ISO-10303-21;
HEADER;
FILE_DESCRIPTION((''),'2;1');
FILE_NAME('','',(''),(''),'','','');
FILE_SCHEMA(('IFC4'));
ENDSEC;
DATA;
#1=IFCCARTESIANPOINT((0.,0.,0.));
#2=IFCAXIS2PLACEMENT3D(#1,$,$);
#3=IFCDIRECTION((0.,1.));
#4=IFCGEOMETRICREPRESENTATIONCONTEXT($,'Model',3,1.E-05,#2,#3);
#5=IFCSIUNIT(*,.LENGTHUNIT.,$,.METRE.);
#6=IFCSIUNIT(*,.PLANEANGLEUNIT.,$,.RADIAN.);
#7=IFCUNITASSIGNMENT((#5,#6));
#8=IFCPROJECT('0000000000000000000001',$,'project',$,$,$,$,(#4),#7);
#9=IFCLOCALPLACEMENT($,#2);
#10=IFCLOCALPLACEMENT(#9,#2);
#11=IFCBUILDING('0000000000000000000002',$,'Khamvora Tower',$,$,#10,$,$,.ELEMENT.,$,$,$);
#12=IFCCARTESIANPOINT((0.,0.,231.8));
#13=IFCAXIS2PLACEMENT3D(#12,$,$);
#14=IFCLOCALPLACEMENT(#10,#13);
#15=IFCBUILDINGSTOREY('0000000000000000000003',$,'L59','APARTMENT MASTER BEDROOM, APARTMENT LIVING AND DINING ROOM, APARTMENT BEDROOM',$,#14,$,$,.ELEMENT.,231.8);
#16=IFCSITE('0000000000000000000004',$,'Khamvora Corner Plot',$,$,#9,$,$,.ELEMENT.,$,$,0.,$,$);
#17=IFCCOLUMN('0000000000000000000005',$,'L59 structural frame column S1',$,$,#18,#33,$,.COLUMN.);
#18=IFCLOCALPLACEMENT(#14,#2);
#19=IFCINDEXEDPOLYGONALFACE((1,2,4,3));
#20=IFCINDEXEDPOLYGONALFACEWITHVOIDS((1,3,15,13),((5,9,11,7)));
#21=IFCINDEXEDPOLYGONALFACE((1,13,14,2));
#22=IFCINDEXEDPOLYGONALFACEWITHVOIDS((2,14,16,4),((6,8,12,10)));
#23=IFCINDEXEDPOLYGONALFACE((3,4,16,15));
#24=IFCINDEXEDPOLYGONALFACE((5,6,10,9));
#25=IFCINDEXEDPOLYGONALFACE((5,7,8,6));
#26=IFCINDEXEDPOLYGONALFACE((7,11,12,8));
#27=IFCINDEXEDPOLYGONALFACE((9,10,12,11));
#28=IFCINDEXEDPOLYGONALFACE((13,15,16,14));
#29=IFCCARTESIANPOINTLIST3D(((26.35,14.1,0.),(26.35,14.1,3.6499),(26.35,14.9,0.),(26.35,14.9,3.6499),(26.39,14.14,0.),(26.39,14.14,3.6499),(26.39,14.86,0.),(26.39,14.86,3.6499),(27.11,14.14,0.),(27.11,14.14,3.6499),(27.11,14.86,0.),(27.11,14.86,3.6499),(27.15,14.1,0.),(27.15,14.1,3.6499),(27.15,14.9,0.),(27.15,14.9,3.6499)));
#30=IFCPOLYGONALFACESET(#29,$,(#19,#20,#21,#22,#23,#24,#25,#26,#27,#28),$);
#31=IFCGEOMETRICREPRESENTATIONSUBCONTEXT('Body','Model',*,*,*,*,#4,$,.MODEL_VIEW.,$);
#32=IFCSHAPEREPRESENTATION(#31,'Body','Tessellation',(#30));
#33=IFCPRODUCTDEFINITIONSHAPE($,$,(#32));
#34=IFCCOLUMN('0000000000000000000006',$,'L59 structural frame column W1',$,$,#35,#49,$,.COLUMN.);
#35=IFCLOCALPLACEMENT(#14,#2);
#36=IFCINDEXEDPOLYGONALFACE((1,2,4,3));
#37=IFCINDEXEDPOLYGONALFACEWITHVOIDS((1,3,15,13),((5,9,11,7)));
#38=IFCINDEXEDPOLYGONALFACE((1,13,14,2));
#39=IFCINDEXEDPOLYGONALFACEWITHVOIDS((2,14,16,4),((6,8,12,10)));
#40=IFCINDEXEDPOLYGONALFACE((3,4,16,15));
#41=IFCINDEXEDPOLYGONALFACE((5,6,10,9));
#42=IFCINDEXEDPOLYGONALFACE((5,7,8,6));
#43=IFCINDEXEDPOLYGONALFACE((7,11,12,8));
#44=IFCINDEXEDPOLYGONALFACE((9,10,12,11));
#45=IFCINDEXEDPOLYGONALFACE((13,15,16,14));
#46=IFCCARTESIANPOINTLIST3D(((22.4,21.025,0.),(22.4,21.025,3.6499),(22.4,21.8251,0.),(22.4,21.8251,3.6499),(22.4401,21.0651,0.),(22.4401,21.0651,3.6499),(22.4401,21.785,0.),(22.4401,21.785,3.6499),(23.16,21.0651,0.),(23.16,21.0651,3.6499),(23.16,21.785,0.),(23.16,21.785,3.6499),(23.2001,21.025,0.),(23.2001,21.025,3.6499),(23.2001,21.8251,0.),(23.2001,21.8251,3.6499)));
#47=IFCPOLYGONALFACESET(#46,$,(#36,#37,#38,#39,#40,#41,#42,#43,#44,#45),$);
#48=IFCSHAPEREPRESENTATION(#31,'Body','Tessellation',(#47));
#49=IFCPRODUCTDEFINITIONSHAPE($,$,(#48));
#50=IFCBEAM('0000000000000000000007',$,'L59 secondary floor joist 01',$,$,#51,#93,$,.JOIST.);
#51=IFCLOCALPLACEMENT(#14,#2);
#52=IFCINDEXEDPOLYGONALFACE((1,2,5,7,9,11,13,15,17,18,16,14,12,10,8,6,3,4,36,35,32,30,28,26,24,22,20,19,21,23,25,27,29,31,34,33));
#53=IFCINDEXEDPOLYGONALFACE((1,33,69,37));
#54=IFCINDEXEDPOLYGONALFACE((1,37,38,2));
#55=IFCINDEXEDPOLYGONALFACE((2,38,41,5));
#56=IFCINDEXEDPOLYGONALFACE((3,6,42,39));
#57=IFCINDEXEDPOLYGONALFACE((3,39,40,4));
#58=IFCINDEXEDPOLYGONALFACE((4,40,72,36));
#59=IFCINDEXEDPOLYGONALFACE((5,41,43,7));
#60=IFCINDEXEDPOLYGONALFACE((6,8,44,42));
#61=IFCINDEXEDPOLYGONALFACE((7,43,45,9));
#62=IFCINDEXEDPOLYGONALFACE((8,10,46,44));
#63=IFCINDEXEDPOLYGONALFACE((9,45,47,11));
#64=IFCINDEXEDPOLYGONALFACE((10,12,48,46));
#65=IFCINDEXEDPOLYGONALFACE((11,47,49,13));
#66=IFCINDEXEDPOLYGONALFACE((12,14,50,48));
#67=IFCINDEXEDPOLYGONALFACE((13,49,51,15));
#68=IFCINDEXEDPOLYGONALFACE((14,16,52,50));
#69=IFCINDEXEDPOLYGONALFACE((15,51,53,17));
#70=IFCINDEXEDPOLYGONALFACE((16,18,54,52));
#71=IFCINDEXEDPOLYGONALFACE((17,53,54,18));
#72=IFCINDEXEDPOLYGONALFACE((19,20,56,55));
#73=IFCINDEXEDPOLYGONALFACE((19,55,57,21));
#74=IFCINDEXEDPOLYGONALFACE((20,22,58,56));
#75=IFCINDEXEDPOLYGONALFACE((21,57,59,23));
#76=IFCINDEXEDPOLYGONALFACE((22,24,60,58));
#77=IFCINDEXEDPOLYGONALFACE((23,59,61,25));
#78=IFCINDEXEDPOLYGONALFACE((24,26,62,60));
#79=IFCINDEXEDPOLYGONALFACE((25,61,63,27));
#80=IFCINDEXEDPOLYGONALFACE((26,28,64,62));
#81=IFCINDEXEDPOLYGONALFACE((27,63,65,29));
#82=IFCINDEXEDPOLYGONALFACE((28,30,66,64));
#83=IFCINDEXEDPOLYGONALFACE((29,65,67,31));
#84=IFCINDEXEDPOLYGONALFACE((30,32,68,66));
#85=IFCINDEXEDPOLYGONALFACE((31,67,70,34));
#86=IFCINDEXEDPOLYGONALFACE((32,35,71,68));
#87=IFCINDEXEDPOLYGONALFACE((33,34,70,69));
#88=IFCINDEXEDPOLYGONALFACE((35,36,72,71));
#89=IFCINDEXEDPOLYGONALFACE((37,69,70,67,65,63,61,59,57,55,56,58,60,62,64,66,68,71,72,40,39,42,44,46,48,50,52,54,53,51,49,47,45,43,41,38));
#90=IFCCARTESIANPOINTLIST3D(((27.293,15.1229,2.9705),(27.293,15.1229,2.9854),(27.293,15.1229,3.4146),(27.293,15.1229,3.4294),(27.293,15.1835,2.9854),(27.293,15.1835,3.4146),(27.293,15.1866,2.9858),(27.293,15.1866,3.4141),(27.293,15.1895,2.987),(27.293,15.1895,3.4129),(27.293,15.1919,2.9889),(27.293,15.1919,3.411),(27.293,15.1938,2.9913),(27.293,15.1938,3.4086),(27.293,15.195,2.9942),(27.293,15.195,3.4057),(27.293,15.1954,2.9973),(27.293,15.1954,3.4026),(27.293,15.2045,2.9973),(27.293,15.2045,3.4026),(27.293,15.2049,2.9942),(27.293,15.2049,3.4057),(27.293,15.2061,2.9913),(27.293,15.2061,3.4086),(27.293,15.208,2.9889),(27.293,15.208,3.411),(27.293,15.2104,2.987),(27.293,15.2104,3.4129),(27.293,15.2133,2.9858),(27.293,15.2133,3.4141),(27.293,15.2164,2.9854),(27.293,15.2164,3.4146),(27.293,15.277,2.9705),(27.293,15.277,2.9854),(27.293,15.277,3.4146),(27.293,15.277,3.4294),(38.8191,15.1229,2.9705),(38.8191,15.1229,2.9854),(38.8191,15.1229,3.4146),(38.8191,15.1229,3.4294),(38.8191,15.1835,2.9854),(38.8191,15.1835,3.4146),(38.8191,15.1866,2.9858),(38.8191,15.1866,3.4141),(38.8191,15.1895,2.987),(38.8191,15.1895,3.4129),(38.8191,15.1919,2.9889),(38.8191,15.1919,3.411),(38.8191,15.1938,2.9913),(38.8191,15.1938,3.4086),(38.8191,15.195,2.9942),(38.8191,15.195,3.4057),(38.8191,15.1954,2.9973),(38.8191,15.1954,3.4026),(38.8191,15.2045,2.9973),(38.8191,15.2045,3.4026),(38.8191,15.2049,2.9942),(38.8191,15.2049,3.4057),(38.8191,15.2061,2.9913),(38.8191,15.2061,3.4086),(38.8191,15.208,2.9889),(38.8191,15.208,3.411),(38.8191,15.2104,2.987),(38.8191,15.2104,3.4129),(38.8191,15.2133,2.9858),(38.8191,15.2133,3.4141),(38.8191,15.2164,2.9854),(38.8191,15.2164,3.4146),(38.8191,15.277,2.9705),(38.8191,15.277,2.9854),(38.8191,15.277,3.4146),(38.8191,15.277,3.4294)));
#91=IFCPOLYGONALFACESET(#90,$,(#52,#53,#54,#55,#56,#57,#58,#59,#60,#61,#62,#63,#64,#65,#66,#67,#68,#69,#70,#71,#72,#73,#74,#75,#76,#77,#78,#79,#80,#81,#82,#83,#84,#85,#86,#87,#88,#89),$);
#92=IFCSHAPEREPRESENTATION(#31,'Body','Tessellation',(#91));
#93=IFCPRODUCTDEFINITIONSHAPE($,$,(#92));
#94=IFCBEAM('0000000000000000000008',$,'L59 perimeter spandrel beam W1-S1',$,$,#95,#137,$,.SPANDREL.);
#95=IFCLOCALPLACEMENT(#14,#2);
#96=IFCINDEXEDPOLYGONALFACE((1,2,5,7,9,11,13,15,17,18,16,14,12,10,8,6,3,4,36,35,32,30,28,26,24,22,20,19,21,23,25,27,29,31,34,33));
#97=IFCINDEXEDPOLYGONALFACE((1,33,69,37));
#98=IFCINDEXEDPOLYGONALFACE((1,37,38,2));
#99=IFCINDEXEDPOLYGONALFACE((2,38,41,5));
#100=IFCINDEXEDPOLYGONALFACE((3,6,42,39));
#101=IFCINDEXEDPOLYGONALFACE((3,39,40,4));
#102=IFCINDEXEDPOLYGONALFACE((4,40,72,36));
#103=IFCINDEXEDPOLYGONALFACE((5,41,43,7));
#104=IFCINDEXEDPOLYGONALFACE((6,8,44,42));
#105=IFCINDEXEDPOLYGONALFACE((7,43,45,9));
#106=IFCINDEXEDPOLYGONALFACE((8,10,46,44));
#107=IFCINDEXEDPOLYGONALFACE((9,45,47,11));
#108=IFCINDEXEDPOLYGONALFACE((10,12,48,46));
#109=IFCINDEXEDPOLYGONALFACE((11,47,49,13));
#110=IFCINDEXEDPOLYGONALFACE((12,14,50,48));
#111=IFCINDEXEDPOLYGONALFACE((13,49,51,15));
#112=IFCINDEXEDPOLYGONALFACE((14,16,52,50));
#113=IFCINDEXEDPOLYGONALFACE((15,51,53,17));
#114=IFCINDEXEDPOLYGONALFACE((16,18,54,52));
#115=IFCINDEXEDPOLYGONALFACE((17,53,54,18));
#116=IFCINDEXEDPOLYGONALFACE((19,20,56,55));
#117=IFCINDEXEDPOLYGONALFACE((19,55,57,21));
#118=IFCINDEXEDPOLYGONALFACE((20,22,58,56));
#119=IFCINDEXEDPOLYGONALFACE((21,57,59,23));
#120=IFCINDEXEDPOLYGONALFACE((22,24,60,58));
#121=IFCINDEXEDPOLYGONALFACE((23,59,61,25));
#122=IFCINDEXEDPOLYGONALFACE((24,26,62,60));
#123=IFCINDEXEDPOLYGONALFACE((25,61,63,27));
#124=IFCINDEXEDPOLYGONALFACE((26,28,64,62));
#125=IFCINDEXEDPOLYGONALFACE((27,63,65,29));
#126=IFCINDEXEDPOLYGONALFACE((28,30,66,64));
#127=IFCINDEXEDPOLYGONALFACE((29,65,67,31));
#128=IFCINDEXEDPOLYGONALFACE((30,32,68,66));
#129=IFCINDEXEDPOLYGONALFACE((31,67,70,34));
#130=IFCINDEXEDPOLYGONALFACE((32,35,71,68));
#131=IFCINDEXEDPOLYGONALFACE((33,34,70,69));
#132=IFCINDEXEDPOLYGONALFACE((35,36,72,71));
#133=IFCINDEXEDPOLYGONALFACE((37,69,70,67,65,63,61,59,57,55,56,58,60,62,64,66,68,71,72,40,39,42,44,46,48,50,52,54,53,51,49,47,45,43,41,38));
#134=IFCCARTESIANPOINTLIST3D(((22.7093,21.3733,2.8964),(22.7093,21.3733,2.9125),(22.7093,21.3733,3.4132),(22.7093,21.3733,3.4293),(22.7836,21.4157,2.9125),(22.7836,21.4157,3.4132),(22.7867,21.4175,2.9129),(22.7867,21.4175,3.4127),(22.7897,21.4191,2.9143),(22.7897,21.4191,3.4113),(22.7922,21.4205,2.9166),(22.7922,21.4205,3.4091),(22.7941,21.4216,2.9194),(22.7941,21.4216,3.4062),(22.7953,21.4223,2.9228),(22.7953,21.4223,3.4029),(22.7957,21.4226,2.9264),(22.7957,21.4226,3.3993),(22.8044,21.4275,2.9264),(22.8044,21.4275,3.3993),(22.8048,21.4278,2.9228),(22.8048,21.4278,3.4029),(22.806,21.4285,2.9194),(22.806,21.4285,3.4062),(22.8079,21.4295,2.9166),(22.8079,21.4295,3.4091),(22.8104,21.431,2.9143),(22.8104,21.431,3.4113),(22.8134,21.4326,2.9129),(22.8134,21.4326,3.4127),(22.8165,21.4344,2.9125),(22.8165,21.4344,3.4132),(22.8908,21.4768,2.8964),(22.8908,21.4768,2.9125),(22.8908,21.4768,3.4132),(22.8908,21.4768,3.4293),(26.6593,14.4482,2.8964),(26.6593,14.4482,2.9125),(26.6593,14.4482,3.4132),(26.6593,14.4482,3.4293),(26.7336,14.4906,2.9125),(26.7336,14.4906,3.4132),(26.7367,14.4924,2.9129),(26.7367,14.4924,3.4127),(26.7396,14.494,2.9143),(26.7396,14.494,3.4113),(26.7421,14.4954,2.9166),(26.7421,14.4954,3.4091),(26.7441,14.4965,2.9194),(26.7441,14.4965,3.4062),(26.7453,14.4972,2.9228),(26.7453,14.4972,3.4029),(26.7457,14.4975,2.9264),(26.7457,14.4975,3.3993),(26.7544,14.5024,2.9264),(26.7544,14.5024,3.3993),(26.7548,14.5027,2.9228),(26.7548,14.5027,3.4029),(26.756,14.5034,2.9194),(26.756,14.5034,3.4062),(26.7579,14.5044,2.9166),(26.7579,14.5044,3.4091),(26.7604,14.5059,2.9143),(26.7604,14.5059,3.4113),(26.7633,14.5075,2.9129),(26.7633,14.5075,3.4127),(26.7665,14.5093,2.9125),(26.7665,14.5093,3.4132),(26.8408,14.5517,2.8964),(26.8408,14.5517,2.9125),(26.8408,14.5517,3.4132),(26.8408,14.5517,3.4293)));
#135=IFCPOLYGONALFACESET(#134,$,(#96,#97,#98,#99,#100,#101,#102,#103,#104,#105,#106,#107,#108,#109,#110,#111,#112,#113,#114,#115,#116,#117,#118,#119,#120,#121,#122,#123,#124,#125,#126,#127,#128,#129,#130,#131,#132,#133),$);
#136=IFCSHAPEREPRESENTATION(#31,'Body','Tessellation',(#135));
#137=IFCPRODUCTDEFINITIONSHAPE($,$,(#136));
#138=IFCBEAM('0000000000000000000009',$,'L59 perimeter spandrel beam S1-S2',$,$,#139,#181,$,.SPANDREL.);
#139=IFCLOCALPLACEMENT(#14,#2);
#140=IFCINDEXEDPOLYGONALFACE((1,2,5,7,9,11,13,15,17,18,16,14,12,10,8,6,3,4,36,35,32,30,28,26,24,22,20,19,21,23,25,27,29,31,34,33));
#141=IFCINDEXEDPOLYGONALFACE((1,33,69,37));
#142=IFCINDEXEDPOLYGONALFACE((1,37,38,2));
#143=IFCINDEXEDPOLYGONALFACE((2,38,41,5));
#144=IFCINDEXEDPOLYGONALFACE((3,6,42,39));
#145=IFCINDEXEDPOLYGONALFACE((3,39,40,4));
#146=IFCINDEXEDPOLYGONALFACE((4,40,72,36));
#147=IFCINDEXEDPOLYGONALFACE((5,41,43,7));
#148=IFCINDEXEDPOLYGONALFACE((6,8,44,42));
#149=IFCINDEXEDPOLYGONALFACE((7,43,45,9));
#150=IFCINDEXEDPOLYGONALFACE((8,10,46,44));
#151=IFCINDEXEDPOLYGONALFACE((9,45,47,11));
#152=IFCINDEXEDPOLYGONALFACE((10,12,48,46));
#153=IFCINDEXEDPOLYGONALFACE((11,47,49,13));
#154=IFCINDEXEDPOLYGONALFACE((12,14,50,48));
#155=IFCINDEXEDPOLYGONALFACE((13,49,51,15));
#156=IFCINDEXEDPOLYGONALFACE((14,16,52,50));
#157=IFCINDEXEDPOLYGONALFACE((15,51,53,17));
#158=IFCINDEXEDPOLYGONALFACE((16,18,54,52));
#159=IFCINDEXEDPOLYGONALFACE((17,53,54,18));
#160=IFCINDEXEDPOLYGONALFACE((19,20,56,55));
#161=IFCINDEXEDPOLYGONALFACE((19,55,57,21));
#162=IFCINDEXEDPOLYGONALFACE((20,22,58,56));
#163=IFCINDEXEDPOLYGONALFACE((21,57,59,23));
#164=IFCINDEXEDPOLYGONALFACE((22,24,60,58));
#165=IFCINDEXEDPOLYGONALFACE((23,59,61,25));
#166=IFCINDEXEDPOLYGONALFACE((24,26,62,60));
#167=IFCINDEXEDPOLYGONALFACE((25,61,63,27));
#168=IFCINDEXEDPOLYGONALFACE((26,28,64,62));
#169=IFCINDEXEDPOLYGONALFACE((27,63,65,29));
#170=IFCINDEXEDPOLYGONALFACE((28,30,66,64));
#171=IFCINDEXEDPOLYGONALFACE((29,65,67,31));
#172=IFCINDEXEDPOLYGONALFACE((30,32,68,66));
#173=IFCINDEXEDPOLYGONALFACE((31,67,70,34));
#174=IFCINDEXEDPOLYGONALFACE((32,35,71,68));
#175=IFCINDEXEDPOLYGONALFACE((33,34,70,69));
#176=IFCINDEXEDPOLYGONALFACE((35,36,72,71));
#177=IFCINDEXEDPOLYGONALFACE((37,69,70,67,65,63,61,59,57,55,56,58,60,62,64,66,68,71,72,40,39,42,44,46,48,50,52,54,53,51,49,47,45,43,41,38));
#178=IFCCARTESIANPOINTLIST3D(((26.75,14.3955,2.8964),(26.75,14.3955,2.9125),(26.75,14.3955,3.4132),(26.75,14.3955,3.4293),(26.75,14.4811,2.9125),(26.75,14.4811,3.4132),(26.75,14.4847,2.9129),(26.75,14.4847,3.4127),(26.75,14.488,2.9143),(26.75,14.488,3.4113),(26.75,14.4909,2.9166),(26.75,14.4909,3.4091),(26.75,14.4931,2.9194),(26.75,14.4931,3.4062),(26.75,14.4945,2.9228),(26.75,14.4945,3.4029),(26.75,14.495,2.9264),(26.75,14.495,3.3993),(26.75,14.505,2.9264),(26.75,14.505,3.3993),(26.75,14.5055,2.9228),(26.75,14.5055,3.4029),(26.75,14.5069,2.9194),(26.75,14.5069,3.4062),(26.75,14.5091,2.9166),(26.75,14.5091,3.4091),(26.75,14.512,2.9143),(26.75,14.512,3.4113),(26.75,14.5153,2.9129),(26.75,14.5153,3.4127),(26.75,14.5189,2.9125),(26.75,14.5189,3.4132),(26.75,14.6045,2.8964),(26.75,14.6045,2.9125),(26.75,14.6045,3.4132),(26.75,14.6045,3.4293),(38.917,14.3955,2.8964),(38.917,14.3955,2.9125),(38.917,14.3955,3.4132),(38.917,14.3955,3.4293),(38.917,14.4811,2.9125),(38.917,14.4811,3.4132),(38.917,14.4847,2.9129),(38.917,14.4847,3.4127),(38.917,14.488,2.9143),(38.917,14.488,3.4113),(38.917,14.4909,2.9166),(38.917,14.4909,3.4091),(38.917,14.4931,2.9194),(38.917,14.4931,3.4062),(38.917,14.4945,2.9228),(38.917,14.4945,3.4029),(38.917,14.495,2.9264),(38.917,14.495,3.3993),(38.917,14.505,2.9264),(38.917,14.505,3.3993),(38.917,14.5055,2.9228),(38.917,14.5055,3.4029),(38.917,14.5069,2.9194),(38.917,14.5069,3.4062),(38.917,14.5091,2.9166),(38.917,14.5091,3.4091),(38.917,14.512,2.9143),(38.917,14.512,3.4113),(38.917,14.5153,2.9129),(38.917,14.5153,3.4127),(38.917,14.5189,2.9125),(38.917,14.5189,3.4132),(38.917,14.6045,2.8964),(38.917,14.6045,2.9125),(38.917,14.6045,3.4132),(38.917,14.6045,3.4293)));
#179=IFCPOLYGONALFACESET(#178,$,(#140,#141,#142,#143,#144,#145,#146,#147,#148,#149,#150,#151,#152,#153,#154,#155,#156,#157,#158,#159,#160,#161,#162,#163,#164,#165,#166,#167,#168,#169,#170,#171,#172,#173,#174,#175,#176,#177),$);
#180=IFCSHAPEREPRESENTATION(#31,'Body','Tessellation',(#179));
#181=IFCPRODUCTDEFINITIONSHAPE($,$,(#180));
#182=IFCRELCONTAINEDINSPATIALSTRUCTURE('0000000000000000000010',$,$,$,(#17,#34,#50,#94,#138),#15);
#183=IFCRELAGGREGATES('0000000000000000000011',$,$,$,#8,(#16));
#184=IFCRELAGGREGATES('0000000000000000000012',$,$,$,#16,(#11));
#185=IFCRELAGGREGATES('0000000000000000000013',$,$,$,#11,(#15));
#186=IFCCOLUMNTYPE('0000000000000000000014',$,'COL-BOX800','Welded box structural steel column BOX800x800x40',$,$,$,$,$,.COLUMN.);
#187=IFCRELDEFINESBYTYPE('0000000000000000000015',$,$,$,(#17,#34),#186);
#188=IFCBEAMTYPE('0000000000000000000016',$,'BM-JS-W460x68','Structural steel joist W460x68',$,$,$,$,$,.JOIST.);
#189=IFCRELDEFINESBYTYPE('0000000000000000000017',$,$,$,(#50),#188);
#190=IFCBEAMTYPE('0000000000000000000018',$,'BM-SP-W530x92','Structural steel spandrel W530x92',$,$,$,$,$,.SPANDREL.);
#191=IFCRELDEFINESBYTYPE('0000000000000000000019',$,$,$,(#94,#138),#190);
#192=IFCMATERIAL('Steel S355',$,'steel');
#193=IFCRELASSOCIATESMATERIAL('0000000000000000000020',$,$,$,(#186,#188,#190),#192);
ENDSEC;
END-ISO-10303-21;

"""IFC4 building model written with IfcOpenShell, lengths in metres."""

from ifc_helpers import new_model, si_unit, direction, frame, origin, origin_2d, place, context, subcontext, project, spatial, hollow_rectangle, i_section, extrude, material, material_profile, profile_set, type_object, element, save


model = new_model("IFC4")

# Units and contexts
model_context = context("Model", 3, precision=1e-05, world=origin(), true_north=direction((0.0, 1.0)))
body_context = subcontext(model_context, "Body", "Model", "MODEL_VIEW")
ifc_project = project(units=[si_unit("LENGTHUNIT", "METRE"), si_unit("PLANEANGLEUNIT", "RADIAN")], contexts=[model_context])

# Site, building, storey
site_placement = place(None, origin())
site = spatial("IfcSite", under=ifc_project, at=site_placement, Name="Khamvora Corner Plot", CompositionType="ELEMENT", RefElevation=0.0)
building_placement = place(site_placement, origin())
building = spatial("IfcBuilding", under=site, at=building_placement, Name="Khamvora Tower", CompositionType="ELEMENT")
storey_placement = place(building_placement, frame((0.0, 0.0, 231.8)))
storey = spatial("IfcBuildingStorey", under=building, at=storey_placement, Name="L59", Description="APARTMENT MASTER BEDROOM, APARTMENT LIVING AND DINING ROOM, APARTMENT BEDROOM", CompositionType="ELEMENT", Elevation=231.8)

# Columns
ifc_material_1 = material(Name="Steel S355", Category="steel")
ifc_material_profile_1 = material_profile(ifc_material_1, hollow_rectangle(XDim=0.8, YDim=0.8, WallThickness=0.04, at=origin_2d()), Name="BOX800x800x40")
ifc_profile_set_1 = profile_set([ifc_material_profile_1], Name="Steel S355")
column_type = type_object("IfcColumnType", Name="COL-BOX800", Description="Welded box structural steel column BOX800x800x40", PredefinedType="COLUMN", material=ifc_profile_set_1)
for number, where, z_axis, x_axis, name in (
    (1, (26.75, 14.5, 0.0), (0.0, 0.0, 1.0), (1.0, 0.0, 0.0), "L59 structural frame column S1"),
    (2, (22.8, 21.425, 0.0), (0.0, 0.0, 1.0), (1.0, 0.0, 0.0), "L59 structural frame column W1"),
):
    element("IfcColumn", number, at=place(storey_placement, frame(where, z_axis=z_axis, x_axis=x_axis)), inside=storey, type_object=column_type, Name=name, PredefinedType="COLUMN", context=body_context, shape_type="SweptSolid", body=[
        extrude(hollow_rectangle(XDim=0.8, YDim=0.8, WallThickness=0.04, at=origin_2d()), origin(), (0.0, 0.0, 1.0), 3.6499),
    ])

# Beams
ifc_material_profile_2 = material_profile(ifc_material_1, i_section(OverallWidth=0.1541, OverallDepth=0.459, WebThickness=0.009, FlangeThickness=0.0149, FilletRadius=0.012, at=origin_2d()), Name="W460x68")
ifc_profile_set_2 = profile_set([ifc_material_profile_2], Name="Steel S355")
beam_type_1 = type_object("IfcBeamType", Name="BM-JS-W460x68", Description="Structural steel joist W460x68", PredefinedType="JOIST", material=ifc_profile_set_2)
beam_1_placement = place(storey_placement, frame((27.293, 15.2, 3.2), z_axis=(1.0, 0.0, 0.0), x_axis=(0.0, 1.0, 0.0)))
element("IfcBeam", 3, at=beam_1_placement, inside=storey, type_object=beam_type_1, Name="L59 secondary floor joist 01", PredefinedType="JOIST", context=body_context, shape_type="SweptSolid", body=[
    extrude(i_section(OverallWidth=0.1541, OverallDepth=0.459, WebThickness=0.009, FlangeThickness=0.0149, FilletRadius=0.012, at=origin_2d()), origin(), (0.0, 0.0, 1.0), 11.5261),
])
ifc_material_profile_3 = material_profile(ifc_material_1, i_section(OverallWidth=0.209, OverallDepth=0.533, WebThickness=0.01, FlangeThickness=0.0161, FilletRadius=0.0139, at=origin_2d()), Name="W530x92")
ifc_profile_set_3 = profile_set([ifc_material_profile_3], Name="Steel S355")
beam_type_2 = type_object("IfcBeamType", Name="BM-SP-W530x92", Description="Structural steel spandrel W530x92", PredefinedType="SPANDREL", material=ifc_profile_set_3)
beam_2_placement = place(storey_placement, frame((22.8, 21.425, 3.1628), z_axis=(0.495456, -0.868633, 0.0), x_axis=(0.868633, 0.495456, 0.0)))
element("IfcBeam", 4, at=beam_2_placement, inside=storey, type_object=beam_type_2, Name="L59 perimeter spandrel beam W1-S1", PredefinedType="SPANDREL", context=body_context, shape_type="SweptSolid", body=[
    extrude(i_section(OverallWidth=0.209, OverallDepth=0.533, WebThickness=0.01, FlangeThickness=0.0161, FilletRadius=0.0139, at=origin_2d()), origin(), (0.0, 0.0, 1.0), 7.9724),
])
beam_3_placement = place(storey_placement, frame((26.75, 14.5, 3.1628), z_axis=(1.0, 0.0, 0.0), x_axis=(0.0, 1.0, 0.0)))
element("IfcBeam", 5, at=beam_3_placement, inside=storey, type_object=beam_type_2, Name="L59 perimeter spandrel beam S1-S2", PredefinedType="SPANDREL", context=body_context, shape_type="SweptSolid", body=[
    extrude(i_section(OverallWidth=0.209, OverallDepth=0.533, WebThickness=0.01, FlangeThickness=0.0161, FilletRadius=0.0139, at=origin_2d()), origin(), (0.0, 0.0, 1.0), 12.167),
])

save(model, "model.ifc")
